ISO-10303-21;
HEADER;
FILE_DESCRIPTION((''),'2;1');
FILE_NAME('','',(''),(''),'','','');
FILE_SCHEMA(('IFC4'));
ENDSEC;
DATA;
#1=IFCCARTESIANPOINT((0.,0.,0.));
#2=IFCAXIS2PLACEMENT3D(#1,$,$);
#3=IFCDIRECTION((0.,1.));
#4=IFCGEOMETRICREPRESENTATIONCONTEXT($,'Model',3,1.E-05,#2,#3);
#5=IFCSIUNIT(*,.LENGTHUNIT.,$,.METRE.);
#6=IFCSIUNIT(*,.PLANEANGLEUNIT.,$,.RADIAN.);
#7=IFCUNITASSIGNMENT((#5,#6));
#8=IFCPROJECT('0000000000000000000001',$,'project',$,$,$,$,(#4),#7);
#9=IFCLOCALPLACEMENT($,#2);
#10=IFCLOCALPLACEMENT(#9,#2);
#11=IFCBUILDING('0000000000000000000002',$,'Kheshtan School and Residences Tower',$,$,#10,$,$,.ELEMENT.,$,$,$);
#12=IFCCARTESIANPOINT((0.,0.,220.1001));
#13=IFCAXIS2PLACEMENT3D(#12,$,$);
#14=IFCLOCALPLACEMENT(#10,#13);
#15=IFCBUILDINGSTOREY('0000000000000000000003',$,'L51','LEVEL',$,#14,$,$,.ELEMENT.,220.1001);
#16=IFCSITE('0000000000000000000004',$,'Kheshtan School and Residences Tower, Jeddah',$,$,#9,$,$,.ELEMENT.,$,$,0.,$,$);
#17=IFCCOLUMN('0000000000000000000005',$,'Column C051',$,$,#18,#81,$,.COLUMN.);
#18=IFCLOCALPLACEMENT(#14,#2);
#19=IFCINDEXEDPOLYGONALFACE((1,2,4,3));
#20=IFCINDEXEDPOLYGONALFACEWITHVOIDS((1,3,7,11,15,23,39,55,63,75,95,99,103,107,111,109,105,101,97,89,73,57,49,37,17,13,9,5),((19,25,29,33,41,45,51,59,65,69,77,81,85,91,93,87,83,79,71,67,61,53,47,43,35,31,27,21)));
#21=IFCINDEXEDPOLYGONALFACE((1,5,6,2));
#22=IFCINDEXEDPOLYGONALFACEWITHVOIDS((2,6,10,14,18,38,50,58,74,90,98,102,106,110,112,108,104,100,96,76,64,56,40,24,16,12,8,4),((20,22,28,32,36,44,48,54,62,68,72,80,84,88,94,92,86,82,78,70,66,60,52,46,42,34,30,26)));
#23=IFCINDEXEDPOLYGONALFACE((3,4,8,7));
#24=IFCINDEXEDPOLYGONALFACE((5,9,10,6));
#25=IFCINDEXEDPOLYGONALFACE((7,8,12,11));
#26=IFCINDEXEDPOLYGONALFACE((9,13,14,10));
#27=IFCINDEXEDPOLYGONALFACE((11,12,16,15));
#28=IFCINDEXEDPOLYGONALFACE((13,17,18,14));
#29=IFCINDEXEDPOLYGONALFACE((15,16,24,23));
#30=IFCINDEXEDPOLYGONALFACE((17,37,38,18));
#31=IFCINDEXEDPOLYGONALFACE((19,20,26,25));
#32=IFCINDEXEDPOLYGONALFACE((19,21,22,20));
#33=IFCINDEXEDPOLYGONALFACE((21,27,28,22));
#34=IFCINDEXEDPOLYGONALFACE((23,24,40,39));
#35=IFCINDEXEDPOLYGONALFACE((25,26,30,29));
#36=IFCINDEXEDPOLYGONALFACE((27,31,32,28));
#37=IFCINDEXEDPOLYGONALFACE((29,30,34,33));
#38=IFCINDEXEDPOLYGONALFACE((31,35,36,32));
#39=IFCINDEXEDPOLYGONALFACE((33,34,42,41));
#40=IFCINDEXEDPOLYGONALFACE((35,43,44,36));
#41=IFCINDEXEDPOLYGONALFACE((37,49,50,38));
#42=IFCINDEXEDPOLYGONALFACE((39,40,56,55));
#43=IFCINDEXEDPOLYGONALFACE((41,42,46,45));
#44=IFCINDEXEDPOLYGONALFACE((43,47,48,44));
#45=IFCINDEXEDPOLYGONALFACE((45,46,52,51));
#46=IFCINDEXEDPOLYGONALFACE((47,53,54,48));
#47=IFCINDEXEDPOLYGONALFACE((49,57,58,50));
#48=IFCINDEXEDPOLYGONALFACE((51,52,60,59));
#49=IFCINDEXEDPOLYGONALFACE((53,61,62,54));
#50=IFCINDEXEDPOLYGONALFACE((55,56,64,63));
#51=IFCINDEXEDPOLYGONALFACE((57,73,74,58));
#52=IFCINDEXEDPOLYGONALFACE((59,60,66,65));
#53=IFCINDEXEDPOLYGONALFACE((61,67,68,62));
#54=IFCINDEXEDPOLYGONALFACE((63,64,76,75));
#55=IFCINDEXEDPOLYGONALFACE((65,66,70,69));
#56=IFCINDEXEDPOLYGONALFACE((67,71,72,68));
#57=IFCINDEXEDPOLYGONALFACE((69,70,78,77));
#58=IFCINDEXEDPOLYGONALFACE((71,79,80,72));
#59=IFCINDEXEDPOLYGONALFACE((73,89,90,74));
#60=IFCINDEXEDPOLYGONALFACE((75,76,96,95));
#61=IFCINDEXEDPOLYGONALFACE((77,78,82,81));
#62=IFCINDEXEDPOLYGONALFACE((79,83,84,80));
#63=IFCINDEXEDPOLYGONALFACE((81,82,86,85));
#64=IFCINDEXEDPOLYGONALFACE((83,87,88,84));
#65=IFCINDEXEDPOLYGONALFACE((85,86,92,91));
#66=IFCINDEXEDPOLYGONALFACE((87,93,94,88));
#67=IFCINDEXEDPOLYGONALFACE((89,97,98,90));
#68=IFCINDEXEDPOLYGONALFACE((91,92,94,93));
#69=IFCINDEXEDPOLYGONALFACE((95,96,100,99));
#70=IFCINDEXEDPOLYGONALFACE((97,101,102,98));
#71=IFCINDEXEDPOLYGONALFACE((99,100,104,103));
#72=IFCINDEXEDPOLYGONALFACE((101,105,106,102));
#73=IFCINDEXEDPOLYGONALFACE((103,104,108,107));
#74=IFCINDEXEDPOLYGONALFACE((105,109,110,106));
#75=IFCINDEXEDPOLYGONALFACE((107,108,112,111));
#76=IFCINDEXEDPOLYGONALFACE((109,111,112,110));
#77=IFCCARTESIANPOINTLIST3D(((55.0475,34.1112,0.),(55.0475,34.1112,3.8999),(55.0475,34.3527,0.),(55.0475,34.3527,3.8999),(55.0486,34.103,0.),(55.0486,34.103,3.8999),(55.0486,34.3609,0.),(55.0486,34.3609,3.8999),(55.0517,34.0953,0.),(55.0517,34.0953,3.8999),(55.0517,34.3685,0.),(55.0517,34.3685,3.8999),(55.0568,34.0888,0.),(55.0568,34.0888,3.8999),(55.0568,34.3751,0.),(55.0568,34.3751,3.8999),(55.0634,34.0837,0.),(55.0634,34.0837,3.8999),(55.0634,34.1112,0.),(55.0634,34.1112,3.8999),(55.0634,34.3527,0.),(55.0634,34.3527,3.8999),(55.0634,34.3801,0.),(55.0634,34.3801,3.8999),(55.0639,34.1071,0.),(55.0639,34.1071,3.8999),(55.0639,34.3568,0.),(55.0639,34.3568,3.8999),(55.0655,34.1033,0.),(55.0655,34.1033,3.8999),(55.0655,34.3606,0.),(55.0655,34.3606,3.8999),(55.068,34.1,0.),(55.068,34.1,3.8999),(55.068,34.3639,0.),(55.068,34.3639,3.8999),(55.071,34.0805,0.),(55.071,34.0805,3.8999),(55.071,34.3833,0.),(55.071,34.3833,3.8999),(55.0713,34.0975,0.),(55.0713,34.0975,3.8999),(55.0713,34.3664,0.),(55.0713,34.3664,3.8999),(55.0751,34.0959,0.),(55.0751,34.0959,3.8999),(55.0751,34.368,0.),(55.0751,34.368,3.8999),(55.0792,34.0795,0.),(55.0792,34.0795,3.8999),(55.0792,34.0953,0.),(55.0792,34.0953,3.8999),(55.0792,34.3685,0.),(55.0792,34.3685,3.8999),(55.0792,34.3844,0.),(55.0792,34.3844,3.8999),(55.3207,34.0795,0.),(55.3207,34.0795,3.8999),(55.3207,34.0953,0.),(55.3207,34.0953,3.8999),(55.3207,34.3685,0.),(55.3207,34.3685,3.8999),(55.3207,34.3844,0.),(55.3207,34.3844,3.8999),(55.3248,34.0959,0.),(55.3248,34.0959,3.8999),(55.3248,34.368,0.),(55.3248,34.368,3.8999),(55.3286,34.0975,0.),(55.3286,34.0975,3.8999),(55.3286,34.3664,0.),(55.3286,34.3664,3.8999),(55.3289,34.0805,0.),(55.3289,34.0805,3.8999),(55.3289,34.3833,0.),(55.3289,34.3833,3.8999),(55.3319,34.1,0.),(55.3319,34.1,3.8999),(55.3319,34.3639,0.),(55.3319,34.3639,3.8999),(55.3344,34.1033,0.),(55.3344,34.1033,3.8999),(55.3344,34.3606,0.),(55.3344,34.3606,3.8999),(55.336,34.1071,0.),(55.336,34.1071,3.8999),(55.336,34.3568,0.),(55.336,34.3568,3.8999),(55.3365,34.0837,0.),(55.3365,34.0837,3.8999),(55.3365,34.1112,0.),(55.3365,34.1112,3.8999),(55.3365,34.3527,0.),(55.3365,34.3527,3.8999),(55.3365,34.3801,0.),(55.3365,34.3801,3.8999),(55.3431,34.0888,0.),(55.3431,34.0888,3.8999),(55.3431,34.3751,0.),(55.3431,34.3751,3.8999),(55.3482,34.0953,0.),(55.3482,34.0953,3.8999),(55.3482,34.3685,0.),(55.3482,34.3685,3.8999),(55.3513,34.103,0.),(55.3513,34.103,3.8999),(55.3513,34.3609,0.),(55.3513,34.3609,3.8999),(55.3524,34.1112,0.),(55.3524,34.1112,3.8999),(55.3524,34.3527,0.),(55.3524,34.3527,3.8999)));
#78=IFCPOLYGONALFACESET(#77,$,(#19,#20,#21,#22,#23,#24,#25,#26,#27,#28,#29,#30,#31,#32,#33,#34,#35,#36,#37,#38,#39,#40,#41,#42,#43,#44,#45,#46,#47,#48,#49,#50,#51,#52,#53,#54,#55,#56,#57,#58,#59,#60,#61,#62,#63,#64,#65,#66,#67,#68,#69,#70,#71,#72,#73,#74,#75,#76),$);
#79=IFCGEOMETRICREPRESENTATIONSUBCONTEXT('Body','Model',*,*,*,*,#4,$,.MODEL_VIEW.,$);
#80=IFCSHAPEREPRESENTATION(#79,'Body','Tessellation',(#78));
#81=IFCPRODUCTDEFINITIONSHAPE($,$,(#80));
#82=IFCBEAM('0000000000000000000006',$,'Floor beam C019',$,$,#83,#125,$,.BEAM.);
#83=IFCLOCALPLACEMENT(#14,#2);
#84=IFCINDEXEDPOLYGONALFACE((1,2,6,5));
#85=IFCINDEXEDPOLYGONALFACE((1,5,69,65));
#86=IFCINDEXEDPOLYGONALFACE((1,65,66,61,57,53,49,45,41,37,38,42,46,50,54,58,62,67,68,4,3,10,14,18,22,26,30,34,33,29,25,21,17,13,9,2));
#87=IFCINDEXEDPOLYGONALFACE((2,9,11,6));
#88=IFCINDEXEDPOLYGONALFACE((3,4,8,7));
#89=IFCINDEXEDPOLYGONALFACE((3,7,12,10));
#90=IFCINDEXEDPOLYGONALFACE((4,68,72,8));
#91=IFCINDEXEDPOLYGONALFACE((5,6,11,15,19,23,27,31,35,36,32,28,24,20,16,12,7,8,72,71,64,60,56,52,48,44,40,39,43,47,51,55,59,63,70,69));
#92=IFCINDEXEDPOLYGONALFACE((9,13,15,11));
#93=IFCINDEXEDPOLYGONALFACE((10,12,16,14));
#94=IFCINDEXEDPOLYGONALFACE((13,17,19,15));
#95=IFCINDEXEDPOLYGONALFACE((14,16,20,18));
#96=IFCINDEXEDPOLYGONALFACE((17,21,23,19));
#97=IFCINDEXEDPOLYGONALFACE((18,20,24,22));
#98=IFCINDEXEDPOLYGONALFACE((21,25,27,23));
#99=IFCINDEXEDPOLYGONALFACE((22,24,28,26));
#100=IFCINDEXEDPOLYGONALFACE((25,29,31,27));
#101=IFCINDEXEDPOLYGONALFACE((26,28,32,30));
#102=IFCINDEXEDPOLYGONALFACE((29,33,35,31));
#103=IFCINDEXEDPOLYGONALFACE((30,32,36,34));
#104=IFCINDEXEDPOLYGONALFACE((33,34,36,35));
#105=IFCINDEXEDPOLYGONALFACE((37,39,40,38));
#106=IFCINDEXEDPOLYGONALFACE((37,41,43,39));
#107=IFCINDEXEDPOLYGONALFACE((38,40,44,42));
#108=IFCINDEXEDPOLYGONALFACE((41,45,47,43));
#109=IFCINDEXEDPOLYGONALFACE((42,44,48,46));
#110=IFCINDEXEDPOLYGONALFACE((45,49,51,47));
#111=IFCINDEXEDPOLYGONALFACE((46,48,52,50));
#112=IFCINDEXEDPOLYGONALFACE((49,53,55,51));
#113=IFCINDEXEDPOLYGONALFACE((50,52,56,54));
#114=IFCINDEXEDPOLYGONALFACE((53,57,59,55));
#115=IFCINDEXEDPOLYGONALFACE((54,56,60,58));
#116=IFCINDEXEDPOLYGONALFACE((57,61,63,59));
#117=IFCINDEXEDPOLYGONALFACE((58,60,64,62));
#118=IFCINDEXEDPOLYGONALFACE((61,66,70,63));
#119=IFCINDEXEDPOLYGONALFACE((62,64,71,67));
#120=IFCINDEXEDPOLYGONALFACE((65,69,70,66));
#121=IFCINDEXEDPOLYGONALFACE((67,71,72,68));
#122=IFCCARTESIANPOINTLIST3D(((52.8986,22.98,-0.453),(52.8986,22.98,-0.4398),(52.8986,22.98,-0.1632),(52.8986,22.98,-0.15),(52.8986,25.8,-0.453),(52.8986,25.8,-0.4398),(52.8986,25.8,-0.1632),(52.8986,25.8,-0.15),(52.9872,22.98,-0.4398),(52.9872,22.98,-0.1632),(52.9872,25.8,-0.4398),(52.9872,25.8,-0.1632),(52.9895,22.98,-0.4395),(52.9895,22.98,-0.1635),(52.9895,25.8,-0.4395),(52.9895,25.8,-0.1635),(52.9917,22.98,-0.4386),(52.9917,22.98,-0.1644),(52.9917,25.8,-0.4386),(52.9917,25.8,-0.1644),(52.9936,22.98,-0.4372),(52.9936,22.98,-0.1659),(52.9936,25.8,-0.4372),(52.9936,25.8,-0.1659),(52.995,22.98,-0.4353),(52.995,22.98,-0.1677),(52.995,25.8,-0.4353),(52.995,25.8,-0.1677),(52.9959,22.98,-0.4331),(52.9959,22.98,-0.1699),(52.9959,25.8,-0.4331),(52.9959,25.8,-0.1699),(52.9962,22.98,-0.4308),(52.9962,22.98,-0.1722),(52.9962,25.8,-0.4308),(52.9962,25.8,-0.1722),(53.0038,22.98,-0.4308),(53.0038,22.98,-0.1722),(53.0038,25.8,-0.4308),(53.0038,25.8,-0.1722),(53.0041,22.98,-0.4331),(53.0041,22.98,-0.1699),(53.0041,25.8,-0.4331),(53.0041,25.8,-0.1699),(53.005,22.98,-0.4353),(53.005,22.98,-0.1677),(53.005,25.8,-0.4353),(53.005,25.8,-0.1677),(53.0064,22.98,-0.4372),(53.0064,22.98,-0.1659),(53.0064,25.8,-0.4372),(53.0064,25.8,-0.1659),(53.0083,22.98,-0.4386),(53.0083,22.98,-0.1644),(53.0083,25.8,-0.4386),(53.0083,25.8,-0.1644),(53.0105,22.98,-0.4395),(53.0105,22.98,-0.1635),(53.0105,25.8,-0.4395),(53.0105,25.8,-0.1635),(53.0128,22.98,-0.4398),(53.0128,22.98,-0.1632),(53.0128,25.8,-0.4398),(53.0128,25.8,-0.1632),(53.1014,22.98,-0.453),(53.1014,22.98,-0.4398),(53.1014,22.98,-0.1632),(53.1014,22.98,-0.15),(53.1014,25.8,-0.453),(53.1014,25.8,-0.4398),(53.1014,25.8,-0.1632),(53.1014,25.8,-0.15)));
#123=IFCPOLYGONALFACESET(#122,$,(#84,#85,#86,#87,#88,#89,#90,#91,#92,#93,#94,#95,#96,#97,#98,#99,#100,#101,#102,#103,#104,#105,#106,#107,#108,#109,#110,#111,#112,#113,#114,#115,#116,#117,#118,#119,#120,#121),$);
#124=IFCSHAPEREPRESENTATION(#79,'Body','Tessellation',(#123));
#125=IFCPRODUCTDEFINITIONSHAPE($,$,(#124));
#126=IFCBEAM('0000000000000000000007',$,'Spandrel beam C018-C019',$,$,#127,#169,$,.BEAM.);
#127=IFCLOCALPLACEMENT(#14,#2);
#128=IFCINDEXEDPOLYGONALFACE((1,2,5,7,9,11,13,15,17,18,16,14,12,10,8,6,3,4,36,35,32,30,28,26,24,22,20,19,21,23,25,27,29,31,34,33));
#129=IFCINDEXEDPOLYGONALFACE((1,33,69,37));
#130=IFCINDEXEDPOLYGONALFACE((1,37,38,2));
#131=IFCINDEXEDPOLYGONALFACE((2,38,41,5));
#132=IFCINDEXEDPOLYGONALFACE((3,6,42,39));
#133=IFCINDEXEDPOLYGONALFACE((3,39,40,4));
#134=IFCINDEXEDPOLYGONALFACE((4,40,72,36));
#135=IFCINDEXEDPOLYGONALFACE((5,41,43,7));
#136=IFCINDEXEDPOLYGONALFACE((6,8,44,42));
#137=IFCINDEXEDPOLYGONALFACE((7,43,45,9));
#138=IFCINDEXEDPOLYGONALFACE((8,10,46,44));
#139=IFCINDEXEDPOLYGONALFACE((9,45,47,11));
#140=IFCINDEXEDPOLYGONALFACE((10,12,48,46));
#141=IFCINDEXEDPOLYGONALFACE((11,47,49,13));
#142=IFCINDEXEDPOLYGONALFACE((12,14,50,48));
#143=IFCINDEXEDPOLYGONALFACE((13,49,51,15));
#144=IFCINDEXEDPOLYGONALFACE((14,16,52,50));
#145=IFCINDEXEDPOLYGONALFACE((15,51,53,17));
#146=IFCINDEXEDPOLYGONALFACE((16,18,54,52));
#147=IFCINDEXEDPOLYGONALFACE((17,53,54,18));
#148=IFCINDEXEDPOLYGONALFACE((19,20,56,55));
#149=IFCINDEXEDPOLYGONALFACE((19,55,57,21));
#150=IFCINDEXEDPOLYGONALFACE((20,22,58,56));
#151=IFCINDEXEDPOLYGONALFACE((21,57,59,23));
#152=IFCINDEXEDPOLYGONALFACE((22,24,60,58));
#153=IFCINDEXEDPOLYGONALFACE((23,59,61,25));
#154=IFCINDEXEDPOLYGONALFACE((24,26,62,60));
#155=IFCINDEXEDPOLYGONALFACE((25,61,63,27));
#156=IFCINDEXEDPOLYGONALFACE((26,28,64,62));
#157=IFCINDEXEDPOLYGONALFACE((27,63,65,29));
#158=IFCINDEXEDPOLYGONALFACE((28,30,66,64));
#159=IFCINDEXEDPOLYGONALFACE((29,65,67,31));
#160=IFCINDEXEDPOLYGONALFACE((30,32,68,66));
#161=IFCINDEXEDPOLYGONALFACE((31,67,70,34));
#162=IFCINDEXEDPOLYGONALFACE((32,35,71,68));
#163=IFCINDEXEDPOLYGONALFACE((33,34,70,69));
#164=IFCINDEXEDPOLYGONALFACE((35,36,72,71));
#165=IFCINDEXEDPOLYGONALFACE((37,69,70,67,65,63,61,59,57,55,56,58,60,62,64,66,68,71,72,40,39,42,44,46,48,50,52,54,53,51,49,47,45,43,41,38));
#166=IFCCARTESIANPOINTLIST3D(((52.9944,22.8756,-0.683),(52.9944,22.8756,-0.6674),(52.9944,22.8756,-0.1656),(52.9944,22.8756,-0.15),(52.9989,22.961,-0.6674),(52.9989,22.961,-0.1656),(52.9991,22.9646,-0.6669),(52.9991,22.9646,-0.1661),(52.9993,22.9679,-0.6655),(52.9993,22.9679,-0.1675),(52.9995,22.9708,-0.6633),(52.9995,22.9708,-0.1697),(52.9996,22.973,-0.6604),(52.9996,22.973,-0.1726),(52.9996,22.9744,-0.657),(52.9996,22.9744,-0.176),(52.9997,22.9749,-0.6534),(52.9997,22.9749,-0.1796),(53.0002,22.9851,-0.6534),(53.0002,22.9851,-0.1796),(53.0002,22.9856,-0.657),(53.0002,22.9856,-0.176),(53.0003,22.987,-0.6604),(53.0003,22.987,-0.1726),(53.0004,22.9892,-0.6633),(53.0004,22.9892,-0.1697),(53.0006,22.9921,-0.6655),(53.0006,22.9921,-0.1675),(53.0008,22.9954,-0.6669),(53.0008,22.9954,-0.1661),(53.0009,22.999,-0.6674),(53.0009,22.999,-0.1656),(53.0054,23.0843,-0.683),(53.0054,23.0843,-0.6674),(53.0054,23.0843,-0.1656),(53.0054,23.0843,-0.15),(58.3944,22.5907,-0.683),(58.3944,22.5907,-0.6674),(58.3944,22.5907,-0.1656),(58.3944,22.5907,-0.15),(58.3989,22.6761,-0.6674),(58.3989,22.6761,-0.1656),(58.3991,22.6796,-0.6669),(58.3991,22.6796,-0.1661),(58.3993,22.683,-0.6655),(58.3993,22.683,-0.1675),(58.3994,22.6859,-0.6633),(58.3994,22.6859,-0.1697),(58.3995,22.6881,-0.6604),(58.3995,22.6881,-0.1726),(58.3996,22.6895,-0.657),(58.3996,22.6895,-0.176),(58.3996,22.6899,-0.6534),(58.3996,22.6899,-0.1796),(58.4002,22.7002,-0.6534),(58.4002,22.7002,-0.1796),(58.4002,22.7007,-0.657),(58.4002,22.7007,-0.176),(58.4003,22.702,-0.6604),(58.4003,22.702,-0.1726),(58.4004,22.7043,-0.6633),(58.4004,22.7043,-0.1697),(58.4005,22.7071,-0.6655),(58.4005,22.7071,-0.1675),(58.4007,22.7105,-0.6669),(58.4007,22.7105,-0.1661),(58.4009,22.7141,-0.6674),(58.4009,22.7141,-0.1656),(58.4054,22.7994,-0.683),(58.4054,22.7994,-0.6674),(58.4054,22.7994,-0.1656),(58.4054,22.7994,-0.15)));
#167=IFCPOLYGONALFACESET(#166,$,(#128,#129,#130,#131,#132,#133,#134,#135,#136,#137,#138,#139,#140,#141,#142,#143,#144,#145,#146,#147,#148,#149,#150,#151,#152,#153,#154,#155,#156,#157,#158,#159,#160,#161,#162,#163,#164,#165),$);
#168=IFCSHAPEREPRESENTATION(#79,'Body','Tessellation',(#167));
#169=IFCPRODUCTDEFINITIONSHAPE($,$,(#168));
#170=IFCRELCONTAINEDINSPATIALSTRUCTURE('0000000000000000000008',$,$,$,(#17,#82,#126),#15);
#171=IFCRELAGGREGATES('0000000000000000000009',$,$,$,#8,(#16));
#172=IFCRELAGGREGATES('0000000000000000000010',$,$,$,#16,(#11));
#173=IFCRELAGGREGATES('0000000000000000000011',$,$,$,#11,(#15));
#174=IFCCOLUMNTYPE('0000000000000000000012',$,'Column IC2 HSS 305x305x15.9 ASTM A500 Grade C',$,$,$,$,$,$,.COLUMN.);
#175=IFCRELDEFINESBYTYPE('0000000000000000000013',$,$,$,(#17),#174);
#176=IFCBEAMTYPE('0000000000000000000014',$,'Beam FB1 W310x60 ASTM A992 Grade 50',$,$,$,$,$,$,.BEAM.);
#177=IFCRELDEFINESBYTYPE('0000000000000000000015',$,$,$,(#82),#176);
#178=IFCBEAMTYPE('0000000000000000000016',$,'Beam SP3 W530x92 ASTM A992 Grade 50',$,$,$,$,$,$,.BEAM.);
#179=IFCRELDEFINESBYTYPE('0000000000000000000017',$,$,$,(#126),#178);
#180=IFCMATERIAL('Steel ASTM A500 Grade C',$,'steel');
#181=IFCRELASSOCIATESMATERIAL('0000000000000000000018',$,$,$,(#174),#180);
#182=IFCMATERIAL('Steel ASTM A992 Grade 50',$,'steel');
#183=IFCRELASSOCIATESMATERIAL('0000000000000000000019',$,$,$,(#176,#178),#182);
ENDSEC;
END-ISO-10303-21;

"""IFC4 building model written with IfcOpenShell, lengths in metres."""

from ifc_helpers import new_model, si_unit, direction, frame, origin, origin_2d, place, context, subcontext, project, spatial, hollow_rectangle, i_section, extrude, material, material_profile, profile_set, type_object, element, save


model = new_model("IFC4")

# Units and contexts
model_context = context("Model", 3, precision=1e-05, world=origin(), true_north=direction((0.0, 1.0)))
body_context = subcontext(model_context, "Body", "Model", "MODEL_VIEW")
ifc_project = project(units=[si_unit("LENGTHUNIT", "METRE"), si_unit("PLANEANGLEUNIT", "RADIAN")], contexts=[model_context])

# Site, building, storey
site_placement = place(None, origin())
site = spatial("IfcSite", under=ifc_project, at=site_placement, Name="Kheshtan School and Residences Tower, Jeddah", CompositionType="ELEMENT", RefElevation=0.0)
building_placement = place(site_placement, origin())
building = spatial("IfcBuilding", under=site, at=building_placement, Name="Kheshtan School and Residences Tower", CompositionType="ELEMENT")
storey_placement = place(building_placement, frame((0.0, 0.0, 220.1001)))
storey = spatial("IfcBuildingStorey", under=building, at=storey_placement, Name="L51", Description="LEVEL", CompositionType="ELEMENT", Elevation=220.1001)

# Column
ifc_material_1 = material(Name="Steel ASTM A992 Grade 50", Category="steel")
ifc_material_2 = material(Name="Steel ASTM A500 Grade C", Category="steel")
ifc_material_profile_1 = material_profile(ifc_material_2, hollow_rectangle(XDim=0.3049, YDim=0.3049, WallThickness=0.0159, InnerFilletRadius=0.0159, OuterFilletRadius=0.0317, at=origin_2d()), Name="HSS 305x305x15.9")
ifc_profile_set_1 = profile_set([ifc_material_profile_1], Name="Steel ASTM A500 Grade C")
column_type_1 = type_object("IfcColumnType", Name="Column IC2 HSS 305x305x15.9 ASTM A500 Grade C", PredefinedType="COLUMN", material=ifc_profile_set_1)
column_placement = place(storey_placement, frame((55.2, 34.2319, 0.0), z_axis=(0.0, 0.0, 1.0), x_axis=(1.0, 0.0, 0.0)))
element("IfcColumn", 1, at=column_placement, inside=storey, type_object=column_type_1, Name="Column C051", PredefinedType="COLUMN", context=body_context, shape_type="SweptSolid", body=[
    extrude(hollow_rectangle(XDim=0.3049, YDim=0.3049, WallThickness=0.0159, InnerFilletRadius=0.0159, OuterFilletRadius=0.0317, at=origin_2d()), origin(), (0.0, 0.0, 1.0), 3.8999),
])

# Beams
ifc_material_profile_2 = material_profile(ifc_material_1, i_section(OverallWidth=0.2029, OverallDepth=0.303, WebThickness=0.0076, FlangeThickness=0.0132, FilletRadius=0.009, at=origin_2d()), Name="W310x60")
ifc_profile_set_2 = profile_set([ifc_material_profile_2], Name="Steel ASTM A992 Grade 50")
beam_type_1 = type_object("IfcBeamType", Name="Beam FB1 W310x60 ASTM A992 Grade 50", PredefinedType="BEAM", material=ifc_profile_set_2)
beam_1_placement = place(storey_placement, frame((53.0, 22.98, -0.3015), z_axis=(0.0, 1.0, 0.0), x_axis=(-1.0, 0.0, 0.0)))
element("IfcBeam", 2, at=beam_1_placement, inside=storey, type_object=beam_type_1, Name="Floor beam C019", PredefinedType="BEAM", context=body_context, shape_type="SweptSolid", body=[
    extrude(i_section(OverallWidth=0.2029, OverallDepth=0.303, WebThickness=0.0076, FlangeThickness=0.0132, FilletRadius=0.009, at=origin_2d()), origin(), (0.0, 0.0, 1.0), 2.8201),
])
ifc_material_profile_3 = material_profile(ifc_material_1, i_section(OverallWidth=0.209, OverallDepth=0.533, WebThickness=0.0103, FlangeThickness=0.0156, FilletRadius=0.0139, at=origin_2d()), Name="W530x92")
ifc_profile_set_3 = profile_set([ifc_material_profile_3], Name="Steel ASTM A992 Grade 50")
beam_type_2 = type_object("IfcBeamType", Name="Beam SP3 W530x92 ASTM A992 Grade 50", PredefinedType="BEAM", material=ifc_profile_set_3)
for number, where, z_axis, x_axis, name in (
    (3, (58.3999, 22.6951, -0.4165), (-0.998611, 0.052689, 0.0), (-0.052689, -0.998611, 0.0), "Spandrel beam C018-C019"),
):
    element("IfcBeam", number, at=place(storey_placement, frame(where, z_axis=z_axis, x_axis=x_axis)), inside=storey, type_object=beam_type_2, Name=name, PredefinedType="BEAM", context=body_context, shape_type="SweptSolid", body=[
        extrude(i_section(OverallWidth=0.209, OverallDepth=0.533, WebThickness=0.0103, FlangeThickness=0.0156, FilletRadius=0.0139, at=origin_2d()), origin(), (0.0, 0.0, 1.0), 5.4075),
    ])

save(model, "model.ifc")
